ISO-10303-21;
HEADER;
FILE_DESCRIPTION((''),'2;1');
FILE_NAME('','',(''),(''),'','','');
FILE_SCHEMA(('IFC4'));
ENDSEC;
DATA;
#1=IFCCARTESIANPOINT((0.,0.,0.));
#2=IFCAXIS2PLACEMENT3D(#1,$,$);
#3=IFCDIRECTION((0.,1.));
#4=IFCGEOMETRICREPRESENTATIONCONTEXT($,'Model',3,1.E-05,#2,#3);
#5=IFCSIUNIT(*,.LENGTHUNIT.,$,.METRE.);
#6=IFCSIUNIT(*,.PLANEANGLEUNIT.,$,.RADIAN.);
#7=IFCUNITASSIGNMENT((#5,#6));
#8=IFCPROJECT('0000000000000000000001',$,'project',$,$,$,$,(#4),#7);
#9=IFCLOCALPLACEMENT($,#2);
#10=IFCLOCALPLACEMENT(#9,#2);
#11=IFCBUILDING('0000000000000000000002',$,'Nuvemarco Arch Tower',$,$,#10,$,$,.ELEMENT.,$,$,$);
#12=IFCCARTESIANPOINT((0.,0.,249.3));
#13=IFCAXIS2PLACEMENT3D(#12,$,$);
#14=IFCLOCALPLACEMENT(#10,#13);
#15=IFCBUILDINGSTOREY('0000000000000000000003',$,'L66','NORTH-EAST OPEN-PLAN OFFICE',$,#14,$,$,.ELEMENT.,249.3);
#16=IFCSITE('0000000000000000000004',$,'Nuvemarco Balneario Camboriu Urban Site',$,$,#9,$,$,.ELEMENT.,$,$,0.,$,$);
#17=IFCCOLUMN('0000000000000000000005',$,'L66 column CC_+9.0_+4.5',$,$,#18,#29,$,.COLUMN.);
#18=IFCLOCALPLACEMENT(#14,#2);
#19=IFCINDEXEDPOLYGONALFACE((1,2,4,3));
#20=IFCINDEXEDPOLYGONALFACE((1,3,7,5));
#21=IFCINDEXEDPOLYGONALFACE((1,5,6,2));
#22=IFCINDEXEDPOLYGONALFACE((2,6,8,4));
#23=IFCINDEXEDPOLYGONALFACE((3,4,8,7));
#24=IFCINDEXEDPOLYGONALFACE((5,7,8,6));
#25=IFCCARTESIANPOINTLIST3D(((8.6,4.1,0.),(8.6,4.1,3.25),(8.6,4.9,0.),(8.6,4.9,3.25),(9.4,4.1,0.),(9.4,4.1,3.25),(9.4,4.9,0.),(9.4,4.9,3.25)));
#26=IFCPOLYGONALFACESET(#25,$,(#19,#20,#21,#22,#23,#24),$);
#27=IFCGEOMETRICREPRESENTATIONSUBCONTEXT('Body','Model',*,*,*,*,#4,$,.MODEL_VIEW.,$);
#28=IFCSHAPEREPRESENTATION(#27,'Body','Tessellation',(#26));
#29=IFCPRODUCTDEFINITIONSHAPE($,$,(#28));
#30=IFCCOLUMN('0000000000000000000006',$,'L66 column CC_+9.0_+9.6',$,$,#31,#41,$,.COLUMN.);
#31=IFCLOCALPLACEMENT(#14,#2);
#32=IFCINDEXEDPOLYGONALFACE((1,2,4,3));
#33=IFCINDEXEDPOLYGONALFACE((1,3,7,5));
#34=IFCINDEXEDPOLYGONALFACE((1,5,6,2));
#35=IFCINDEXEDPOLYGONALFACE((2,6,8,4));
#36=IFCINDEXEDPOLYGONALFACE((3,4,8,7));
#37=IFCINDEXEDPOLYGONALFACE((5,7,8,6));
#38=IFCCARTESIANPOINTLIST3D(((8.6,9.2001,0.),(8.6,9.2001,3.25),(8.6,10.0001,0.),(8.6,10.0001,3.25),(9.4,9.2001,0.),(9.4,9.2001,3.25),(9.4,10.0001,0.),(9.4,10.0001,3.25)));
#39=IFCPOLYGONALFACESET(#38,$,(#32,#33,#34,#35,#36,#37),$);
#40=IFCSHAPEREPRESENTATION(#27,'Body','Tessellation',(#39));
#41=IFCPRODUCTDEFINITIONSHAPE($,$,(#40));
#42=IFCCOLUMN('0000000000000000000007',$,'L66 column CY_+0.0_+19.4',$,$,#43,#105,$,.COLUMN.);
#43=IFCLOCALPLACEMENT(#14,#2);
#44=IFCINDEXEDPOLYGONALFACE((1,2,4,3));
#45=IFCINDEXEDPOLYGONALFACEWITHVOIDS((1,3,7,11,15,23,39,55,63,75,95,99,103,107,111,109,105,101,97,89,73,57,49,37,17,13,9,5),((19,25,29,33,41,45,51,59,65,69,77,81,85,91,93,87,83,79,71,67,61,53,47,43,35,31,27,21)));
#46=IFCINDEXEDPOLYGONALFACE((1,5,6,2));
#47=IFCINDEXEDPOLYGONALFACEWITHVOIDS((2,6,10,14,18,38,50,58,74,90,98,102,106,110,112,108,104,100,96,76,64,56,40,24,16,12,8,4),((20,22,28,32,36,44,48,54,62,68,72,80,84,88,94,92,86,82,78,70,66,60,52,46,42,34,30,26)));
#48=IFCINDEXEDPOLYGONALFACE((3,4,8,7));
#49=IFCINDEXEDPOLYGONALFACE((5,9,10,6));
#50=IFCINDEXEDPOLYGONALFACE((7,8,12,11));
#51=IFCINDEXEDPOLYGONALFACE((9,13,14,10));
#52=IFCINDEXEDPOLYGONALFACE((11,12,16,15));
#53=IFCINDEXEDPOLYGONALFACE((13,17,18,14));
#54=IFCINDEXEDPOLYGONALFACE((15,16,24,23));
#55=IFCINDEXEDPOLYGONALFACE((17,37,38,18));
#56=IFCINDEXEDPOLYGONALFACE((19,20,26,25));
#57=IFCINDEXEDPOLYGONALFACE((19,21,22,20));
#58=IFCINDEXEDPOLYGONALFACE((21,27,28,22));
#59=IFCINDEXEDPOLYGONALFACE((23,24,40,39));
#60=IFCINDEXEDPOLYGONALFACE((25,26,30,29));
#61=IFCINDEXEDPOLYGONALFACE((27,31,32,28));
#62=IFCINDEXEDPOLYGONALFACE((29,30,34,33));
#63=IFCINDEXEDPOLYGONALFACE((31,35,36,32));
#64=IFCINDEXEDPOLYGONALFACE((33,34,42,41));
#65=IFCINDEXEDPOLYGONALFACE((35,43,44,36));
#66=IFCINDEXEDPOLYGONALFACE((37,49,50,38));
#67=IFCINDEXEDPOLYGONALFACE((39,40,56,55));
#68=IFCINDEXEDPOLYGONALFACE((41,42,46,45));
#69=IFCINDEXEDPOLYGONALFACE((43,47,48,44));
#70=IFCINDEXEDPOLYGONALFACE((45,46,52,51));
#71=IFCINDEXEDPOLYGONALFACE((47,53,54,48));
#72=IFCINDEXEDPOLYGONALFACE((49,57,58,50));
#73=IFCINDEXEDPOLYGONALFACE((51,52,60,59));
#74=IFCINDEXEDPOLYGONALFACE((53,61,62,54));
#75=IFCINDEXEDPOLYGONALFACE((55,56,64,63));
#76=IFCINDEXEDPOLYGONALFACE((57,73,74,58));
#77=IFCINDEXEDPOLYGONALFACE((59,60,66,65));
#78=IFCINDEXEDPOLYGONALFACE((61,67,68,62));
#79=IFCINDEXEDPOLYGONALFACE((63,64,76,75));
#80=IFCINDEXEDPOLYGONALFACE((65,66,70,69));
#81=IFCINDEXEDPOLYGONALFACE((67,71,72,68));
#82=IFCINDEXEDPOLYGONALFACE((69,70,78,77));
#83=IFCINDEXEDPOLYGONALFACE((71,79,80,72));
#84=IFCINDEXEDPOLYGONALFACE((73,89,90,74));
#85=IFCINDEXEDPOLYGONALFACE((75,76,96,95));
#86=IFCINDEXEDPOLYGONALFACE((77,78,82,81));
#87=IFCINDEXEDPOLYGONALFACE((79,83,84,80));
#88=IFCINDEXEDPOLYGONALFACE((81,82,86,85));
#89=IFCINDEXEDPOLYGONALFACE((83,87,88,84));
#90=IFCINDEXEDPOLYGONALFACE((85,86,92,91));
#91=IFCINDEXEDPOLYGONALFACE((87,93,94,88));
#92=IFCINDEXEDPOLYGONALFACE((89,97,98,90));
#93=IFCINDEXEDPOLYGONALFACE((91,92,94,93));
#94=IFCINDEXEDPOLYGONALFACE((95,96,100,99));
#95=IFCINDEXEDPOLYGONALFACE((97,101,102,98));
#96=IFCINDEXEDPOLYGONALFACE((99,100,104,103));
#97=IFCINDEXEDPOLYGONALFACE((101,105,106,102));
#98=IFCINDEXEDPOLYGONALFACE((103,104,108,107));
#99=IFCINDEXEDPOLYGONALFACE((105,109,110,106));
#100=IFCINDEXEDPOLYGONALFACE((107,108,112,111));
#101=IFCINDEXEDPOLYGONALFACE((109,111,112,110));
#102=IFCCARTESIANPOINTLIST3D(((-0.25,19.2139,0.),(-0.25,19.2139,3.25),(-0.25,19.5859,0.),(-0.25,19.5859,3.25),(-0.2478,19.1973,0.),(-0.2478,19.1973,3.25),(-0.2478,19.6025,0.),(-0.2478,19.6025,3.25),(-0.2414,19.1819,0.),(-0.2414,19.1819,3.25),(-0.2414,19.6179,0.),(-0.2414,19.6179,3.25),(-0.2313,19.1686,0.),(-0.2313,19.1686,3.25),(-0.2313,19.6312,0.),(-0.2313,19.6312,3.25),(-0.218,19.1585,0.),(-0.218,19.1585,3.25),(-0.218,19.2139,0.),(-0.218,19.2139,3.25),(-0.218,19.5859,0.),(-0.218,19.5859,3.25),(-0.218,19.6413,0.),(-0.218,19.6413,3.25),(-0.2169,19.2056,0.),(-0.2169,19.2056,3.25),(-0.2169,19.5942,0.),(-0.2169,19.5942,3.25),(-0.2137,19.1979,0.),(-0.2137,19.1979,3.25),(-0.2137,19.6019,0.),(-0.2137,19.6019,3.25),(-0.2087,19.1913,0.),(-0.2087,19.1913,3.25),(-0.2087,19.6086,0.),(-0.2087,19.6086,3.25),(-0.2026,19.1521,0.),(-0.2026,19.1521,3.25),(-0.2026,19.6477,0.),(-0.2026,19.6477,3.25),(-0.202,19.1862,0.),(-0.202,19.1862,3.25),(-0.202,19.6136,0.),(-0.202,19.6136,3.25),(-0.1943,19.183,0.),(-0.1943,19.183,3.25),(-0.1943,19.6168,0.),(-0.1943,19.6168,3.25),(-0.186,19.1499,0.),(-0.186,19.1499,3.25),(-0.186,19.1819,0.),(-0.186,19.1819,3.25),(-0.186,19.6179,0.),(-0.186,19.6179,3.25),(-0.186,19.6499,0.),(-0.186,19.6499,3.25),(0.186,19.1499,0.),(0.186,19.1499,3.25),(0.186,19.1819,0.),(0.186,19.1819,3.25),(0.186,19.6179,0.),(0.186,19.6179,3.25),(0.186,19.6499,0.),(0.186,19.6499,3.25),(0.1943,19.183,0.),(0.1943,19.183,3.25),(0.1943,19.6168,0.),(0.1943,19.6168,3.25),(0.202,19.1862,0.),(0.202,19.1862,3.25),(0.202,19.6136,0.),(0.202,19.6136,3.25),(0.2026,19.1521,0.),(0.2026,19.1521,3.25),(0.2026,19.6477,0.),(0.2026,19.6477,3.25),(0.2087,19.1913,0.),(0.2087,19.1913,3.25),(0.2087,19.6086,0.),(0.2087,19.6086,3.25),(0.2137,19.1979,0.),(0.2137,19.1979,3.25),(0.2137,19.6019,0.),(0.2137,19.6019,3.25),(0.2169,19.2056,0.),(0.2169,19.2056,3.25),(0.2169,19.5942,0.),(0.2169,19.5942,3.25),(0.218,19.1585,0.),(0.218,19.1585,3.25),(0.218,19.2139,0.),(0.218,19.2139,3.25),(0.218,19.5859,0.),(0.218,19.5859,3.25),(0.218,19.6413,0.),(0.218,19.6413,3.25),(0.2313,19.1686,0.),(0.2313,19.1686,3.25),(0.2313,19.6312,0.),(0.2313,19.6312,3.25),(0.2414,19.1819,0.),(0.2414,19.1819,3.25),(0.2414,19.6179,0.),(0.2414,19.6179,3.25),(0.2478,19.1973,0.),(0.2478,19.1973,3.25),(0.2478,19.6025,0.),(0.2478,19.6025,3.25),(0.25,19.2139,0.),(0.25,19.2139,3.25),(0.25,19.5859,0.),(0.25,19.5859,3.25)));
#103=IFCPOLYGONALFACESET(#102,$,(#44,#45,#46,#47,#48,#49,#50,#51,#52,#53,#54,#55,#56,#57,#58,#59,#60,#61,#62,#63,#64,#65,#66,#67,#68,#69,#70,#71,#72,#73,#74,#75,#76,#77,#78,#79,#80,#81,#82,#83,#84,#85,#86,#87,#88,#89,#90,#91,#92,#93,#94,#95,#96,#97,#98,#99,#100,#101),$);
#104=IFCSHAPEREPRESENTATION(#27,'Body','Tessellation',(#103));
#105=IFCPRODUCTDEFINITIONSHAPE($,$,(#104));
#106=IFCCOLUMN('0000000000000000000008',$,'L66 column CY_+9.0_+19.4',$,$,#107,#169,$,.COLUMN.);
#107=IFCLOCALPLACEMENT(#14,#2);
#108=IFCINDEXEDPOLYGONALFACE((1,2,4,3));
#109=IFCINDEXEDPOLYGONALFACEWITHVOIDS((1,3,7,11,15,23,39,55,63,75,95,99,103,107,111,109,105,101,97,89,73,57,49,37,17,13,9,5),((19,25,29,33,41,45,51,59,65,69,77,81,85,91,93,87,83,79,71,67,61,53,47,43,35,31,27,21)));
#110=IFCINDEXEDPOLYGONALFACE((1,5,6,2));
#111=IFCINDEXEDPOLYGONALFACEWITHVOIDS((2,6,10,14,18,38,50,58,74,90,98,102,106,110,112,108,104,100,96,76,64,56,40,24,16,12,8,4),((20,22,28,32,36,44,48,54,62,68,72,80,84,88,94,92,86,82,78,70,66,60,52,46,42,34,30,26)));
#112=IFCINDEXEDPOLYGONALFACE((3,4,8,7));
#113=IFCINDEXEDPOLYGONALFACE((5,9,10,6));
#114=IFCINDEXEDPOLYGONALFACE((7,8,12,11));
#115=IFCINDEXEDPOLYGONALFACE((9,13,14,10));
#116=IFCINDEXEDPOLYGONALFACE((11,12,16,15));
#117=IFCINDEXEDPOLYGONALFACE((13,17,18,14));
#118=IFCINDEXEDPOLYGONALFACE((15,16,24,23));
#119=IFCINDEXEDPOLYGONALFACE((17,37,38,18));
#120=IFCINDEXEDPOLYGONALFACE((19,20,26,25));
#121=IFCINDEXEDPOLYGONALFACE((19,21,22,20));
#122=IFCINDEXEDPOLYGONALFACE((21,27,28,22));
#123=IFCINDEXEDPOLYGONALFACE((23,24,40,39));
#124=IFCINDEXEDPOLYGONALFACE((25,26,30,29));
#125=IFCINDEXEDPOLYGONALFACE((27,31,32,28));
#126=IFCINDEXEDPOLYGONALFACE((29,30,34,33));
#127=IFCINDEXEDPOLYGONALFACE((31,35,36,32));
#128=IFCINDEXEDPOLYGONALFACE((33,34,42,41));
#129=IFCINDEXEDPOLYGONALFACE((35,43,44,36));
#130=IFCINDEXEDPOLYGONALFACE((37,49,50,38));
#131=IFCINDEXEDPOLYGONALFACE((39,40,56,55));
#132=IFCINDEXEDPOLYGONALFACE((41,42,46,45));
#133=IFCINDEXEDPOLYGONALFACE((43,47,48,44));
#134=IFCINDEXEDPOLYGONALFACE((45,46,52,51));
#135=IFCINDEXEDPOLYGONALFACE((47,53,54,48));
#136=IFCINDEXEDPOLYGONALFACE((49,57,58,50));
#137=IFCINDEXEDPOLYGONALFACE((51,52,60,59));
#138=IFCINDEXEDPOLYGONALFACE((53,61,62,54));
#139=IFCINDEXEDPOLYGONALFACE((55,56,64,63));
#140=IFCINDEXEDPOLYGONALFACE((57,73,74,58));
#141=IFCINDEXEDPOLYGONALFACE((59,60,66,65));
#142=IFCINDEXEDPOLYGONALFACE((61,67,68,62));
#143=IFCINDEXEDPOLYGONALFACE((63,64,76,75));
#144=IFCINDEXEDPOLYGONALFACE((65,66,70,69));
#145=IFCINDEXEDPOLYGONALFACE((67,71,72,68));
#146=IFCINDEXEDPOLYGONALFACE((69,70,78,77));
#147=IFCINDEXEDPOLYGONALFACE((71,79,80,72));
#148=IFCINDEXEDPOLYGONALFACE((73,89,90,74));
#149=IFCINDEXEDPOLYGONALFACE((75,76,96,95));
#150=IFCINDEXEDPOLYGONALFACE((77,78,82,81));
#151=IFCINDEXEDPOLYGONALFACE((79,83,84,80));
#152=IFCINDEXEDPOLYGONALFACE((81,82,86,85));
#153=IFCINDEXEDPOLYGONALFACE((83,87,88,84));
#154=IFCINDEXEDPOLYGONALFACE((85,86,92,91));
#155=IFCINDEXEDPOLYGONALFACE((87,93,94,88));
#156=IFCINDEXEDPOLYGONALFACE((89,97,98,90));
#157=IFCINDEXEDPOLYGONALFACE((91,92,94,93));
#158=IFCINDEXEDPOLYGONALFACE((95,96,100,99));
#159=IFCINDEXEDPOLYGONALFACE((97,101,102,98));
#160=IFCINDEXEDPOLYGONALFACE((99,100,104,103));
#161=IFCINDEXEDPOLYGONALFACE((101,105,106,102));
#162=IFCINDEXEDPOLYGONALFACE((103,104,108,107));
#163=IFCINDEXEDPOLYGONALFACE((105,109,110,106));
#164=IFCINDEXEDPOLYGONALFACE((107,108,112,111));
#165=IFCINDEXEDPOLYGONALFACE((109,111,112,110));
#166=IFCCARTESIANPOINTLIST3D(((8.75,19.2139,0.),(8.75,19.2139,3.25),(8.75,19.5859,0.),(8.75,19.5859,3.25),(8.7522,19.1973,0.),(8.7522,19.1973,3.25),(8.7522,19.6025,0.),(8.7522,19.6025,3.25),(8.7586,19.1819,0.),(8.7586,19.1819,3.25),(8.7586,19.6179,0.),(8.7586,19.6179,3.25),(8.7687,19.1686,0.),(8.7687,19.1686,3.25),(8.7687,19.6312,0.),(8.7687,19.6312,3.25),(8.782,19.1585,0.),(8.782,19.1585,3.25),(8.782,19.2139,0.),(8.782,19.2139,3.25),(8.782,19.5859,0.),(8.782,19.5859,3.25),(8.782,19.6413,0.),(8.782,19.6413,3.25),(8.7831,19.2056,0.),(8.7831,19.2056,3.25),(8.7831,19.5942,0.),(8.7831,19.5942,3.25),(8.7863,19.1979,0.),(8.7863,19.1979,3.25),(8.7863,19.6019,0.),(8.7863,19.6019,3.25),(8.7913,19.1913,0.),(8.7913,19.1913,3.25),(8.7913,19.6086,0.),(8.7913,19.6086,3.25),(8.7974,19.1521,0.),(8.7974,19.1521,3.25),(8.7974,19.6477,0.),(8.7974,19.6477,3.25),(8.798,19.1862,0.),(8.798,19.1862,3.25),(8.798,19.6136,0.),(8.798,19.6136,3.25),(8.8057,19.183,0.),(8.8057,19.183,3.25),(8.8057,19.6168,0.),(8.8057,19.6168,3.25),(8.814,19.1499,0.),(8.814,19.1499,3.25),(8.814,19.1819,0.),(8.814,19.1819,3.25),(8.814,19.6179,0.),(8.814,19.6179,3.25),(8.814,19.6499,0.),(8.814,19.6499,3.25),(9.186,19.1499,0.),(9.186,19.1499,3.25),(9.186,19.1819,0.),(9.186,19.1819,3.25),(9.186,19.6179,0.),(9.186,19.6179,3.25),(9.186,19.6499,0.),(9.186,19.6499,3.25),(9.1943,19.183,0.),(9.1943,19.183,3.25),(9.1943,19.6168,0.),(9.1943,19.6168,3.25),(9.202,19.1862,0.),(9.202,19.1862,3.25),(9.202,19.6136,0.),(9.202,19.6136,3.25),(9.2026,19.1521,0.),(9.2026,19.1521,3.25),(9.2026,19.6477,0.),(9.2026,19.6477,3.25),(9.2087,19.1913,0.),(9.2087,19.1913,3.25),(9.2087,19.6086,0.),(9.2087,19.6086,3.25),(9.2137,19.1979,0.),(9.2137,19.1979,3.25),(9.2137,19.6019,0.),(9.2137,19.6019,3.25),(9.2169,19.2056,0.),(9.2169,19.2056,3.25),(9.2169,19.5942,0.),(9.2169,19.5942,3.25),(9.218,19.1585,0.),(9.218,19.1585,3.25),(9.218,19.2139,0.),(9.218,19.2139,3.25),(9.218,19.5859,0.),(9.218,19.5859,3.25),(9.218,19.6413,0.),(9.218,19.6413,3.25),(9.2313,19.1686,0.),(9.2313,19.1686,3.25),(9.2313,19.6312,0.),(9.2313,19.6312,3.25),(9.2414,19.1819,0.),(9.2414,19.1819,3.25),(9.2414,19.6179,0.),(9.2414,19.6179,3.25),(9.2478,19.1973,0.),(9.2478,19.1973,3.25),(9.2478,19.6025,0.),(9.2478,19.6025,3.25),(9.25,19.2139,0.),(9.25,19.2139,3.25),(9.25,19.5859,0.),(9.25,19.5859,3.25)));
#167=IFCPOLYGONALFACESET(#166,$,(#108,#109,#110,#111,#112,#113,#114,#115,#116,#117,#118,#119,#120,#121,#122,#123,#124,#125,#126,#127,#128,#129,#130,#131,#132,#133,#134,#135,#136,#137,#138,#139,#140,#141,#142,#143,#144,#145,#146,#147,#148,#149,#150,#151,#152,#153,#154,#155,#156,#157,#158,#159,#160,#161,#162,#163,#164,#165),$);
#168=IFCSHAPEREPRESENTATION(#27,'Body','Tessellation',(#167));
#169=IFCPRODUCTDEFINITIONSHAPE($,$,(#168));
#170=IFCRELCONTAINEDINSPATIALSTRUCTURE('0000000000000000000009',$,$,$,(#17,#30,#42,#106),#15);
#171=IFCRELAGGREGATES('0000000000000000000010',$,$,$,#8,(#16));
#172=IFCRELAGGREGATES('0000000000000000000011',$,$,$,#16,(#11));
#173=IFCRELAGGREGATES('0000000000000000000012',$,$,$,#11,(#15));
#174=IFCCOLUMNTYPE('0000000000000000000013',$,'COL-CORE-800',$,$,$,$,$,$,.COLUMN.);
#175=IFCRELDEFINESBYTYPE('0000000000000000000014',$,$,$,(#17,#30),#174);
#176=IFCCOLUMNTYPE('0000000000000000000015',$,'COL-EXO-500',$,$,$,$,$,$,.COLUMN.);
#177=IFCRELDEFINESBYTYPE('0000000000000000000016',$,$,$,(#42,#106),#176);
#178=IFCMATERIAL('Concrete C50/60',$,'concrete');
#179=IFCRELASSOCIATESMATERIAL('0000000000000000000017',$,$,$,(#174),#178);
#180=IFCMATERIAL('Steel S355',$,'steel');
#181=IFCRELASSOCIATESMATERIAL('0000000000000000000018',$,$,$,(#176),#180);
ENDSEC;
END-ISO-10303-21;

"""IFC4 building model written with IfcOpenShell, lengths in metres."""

from ifc_helpers import new_model, si_unit, direction, frame, origin, origin_2d, place, context, subcontext, project, spatial, rectangle, hollow_rectangle, extrude, material, material_profile, profile_set, type_object, element, save


model = new_model("IFC4")

# Units and contexts
model_context = context("Model", 3, precision=1e-05, world=origin(), true_north=direction((0.0, 1.0)))
body_context = subcontext(model_context, "Body", "Model", "MODEL_VIEW")
ifc_project = project(units=[si_unit("LENGTHUNIT", "METRE"), si_unit("PLANEANGLEUNIT", "RADIAN")], contexts=[model_context])

# Site, building, storey
site_placement = place(None, origin())
site = spatial("IfcSite", under=ifc_project, at=site_placement, Name="Nuvemarco Balneario Camboriu Urban Site", CompositionType="ELEMENT", RefElevation=0.0)
building_placement = place(site_placement, origin())
building = spatial("IfcBuilding", under=site, at=building_placement, Name="Nuvemarco Arch Tower", CompositionType="ELEMENT")
storey_placement = place(building_placement, frame((0.0, 0.0, 249.3)))
storey = spatial("IfcBuildingStorey", under=building, at=storey_placement, Name="L66", Description="NORTH-EAST OPEN-PLAN OFFICE", CompositionType="ELEMENT", Elevation=249.3)

# Columns
ifc_material_1 = material(Name="Concrete C50/60", Category="concrete")
ifc_material_profile_1 = material_profile(ifc_material_1, rectangle(XDim=0.8, YDim=0.8, at=origin_2d()), Name="RC-COL-800x800")
ifc_profile_set_1 = profile_set([ifc_material_profile_1], Name="Concrete C50/60")
column_type_1 = type_object("IfcColumnType", Name="COL-CORE-800", PredefinedType="COLUMN", material=ifc_profile_set_1)
for number, where, z_axis, x_axis, name in (
    (1, (9.0, 4.5, 0.0), (0.0, 0.0, 1.0), (1.0, 0.0, 0.0), "L66 column CC_+9.0_+4.5"),
    (2, (9.0, 9.6001, 0.0), (0.0, 0.0, 1.0), (1.0, 0.0, 0.0), "L66 column CC_+9.0_+9.6"),
):
    element("IfcColumn", number, at=place(storey_placement, frame(where, z_axis=z_axis, x_axis=x_axis)), inside=storey, type_object=column_type_1, Name=name, PredefinedType="COLUMN", context=body_context, shape_type="SweptSolid", body=[
        extrude(rectangle(XDim=0.8, YDim=0.8, at=origin_2d()), origin(), (0.0, 0.0, 1.0), 3.25),
    ])
ifc_material_2 = material(Name="Steel S355", Category="steel")
ifc_material_profile_2 = material_profile(ifc_material_2, hollow_rectangle(XDim=0.5, YDim=0.5, WallThickness=0.032, InnerFilletRadius=0.032, OuterFilletRadius=0.064, at=origin_2d()), Name="SHS500x500x32")
ifc_profile_set_2 = profile_set([ifc_material_profile_2], Name="Steel S355")
column_type_2 = type_object("IfcColumnType", Name="COL-EXO-500", PredefinedType="COLUMN", material=ifc_profile_set_2)
for number, where, z_axis, x_axis, name in (
    (3, (0.0, 19.3999, 0.0), (0.0, 0.0, 1.0), (1.0, 0.0, 0.0), "L66 column CY_+0.0_+19.4"),
    (4, (9.0, 19.3999, 0.0), (0.0, 0.0, 1.0), (1.0, 0.0, 0.0), "L66 column CY_+9.0_+19.4"),
):
    element("IfcColumn", number, at=place(storey_placement, frame(where, z_axis=z_axis, x_axis=x_axis)), inside=storey, type_object=column_type_2, Name=name, PredefinedType="COLUMN", context=body_context, shape_type="SweptSolid", body=[
        extrude(hollow_rectangle(XDim=0.5, YDim=0.5, WallThickness=0.032, InnerFilletRadius=0.032, OuterFilletRadius=0.064, at=origin_2d()), origin(), (0.0, 0.0, 1.0), 3.25),
    ])

save(model, "model.ifc")
